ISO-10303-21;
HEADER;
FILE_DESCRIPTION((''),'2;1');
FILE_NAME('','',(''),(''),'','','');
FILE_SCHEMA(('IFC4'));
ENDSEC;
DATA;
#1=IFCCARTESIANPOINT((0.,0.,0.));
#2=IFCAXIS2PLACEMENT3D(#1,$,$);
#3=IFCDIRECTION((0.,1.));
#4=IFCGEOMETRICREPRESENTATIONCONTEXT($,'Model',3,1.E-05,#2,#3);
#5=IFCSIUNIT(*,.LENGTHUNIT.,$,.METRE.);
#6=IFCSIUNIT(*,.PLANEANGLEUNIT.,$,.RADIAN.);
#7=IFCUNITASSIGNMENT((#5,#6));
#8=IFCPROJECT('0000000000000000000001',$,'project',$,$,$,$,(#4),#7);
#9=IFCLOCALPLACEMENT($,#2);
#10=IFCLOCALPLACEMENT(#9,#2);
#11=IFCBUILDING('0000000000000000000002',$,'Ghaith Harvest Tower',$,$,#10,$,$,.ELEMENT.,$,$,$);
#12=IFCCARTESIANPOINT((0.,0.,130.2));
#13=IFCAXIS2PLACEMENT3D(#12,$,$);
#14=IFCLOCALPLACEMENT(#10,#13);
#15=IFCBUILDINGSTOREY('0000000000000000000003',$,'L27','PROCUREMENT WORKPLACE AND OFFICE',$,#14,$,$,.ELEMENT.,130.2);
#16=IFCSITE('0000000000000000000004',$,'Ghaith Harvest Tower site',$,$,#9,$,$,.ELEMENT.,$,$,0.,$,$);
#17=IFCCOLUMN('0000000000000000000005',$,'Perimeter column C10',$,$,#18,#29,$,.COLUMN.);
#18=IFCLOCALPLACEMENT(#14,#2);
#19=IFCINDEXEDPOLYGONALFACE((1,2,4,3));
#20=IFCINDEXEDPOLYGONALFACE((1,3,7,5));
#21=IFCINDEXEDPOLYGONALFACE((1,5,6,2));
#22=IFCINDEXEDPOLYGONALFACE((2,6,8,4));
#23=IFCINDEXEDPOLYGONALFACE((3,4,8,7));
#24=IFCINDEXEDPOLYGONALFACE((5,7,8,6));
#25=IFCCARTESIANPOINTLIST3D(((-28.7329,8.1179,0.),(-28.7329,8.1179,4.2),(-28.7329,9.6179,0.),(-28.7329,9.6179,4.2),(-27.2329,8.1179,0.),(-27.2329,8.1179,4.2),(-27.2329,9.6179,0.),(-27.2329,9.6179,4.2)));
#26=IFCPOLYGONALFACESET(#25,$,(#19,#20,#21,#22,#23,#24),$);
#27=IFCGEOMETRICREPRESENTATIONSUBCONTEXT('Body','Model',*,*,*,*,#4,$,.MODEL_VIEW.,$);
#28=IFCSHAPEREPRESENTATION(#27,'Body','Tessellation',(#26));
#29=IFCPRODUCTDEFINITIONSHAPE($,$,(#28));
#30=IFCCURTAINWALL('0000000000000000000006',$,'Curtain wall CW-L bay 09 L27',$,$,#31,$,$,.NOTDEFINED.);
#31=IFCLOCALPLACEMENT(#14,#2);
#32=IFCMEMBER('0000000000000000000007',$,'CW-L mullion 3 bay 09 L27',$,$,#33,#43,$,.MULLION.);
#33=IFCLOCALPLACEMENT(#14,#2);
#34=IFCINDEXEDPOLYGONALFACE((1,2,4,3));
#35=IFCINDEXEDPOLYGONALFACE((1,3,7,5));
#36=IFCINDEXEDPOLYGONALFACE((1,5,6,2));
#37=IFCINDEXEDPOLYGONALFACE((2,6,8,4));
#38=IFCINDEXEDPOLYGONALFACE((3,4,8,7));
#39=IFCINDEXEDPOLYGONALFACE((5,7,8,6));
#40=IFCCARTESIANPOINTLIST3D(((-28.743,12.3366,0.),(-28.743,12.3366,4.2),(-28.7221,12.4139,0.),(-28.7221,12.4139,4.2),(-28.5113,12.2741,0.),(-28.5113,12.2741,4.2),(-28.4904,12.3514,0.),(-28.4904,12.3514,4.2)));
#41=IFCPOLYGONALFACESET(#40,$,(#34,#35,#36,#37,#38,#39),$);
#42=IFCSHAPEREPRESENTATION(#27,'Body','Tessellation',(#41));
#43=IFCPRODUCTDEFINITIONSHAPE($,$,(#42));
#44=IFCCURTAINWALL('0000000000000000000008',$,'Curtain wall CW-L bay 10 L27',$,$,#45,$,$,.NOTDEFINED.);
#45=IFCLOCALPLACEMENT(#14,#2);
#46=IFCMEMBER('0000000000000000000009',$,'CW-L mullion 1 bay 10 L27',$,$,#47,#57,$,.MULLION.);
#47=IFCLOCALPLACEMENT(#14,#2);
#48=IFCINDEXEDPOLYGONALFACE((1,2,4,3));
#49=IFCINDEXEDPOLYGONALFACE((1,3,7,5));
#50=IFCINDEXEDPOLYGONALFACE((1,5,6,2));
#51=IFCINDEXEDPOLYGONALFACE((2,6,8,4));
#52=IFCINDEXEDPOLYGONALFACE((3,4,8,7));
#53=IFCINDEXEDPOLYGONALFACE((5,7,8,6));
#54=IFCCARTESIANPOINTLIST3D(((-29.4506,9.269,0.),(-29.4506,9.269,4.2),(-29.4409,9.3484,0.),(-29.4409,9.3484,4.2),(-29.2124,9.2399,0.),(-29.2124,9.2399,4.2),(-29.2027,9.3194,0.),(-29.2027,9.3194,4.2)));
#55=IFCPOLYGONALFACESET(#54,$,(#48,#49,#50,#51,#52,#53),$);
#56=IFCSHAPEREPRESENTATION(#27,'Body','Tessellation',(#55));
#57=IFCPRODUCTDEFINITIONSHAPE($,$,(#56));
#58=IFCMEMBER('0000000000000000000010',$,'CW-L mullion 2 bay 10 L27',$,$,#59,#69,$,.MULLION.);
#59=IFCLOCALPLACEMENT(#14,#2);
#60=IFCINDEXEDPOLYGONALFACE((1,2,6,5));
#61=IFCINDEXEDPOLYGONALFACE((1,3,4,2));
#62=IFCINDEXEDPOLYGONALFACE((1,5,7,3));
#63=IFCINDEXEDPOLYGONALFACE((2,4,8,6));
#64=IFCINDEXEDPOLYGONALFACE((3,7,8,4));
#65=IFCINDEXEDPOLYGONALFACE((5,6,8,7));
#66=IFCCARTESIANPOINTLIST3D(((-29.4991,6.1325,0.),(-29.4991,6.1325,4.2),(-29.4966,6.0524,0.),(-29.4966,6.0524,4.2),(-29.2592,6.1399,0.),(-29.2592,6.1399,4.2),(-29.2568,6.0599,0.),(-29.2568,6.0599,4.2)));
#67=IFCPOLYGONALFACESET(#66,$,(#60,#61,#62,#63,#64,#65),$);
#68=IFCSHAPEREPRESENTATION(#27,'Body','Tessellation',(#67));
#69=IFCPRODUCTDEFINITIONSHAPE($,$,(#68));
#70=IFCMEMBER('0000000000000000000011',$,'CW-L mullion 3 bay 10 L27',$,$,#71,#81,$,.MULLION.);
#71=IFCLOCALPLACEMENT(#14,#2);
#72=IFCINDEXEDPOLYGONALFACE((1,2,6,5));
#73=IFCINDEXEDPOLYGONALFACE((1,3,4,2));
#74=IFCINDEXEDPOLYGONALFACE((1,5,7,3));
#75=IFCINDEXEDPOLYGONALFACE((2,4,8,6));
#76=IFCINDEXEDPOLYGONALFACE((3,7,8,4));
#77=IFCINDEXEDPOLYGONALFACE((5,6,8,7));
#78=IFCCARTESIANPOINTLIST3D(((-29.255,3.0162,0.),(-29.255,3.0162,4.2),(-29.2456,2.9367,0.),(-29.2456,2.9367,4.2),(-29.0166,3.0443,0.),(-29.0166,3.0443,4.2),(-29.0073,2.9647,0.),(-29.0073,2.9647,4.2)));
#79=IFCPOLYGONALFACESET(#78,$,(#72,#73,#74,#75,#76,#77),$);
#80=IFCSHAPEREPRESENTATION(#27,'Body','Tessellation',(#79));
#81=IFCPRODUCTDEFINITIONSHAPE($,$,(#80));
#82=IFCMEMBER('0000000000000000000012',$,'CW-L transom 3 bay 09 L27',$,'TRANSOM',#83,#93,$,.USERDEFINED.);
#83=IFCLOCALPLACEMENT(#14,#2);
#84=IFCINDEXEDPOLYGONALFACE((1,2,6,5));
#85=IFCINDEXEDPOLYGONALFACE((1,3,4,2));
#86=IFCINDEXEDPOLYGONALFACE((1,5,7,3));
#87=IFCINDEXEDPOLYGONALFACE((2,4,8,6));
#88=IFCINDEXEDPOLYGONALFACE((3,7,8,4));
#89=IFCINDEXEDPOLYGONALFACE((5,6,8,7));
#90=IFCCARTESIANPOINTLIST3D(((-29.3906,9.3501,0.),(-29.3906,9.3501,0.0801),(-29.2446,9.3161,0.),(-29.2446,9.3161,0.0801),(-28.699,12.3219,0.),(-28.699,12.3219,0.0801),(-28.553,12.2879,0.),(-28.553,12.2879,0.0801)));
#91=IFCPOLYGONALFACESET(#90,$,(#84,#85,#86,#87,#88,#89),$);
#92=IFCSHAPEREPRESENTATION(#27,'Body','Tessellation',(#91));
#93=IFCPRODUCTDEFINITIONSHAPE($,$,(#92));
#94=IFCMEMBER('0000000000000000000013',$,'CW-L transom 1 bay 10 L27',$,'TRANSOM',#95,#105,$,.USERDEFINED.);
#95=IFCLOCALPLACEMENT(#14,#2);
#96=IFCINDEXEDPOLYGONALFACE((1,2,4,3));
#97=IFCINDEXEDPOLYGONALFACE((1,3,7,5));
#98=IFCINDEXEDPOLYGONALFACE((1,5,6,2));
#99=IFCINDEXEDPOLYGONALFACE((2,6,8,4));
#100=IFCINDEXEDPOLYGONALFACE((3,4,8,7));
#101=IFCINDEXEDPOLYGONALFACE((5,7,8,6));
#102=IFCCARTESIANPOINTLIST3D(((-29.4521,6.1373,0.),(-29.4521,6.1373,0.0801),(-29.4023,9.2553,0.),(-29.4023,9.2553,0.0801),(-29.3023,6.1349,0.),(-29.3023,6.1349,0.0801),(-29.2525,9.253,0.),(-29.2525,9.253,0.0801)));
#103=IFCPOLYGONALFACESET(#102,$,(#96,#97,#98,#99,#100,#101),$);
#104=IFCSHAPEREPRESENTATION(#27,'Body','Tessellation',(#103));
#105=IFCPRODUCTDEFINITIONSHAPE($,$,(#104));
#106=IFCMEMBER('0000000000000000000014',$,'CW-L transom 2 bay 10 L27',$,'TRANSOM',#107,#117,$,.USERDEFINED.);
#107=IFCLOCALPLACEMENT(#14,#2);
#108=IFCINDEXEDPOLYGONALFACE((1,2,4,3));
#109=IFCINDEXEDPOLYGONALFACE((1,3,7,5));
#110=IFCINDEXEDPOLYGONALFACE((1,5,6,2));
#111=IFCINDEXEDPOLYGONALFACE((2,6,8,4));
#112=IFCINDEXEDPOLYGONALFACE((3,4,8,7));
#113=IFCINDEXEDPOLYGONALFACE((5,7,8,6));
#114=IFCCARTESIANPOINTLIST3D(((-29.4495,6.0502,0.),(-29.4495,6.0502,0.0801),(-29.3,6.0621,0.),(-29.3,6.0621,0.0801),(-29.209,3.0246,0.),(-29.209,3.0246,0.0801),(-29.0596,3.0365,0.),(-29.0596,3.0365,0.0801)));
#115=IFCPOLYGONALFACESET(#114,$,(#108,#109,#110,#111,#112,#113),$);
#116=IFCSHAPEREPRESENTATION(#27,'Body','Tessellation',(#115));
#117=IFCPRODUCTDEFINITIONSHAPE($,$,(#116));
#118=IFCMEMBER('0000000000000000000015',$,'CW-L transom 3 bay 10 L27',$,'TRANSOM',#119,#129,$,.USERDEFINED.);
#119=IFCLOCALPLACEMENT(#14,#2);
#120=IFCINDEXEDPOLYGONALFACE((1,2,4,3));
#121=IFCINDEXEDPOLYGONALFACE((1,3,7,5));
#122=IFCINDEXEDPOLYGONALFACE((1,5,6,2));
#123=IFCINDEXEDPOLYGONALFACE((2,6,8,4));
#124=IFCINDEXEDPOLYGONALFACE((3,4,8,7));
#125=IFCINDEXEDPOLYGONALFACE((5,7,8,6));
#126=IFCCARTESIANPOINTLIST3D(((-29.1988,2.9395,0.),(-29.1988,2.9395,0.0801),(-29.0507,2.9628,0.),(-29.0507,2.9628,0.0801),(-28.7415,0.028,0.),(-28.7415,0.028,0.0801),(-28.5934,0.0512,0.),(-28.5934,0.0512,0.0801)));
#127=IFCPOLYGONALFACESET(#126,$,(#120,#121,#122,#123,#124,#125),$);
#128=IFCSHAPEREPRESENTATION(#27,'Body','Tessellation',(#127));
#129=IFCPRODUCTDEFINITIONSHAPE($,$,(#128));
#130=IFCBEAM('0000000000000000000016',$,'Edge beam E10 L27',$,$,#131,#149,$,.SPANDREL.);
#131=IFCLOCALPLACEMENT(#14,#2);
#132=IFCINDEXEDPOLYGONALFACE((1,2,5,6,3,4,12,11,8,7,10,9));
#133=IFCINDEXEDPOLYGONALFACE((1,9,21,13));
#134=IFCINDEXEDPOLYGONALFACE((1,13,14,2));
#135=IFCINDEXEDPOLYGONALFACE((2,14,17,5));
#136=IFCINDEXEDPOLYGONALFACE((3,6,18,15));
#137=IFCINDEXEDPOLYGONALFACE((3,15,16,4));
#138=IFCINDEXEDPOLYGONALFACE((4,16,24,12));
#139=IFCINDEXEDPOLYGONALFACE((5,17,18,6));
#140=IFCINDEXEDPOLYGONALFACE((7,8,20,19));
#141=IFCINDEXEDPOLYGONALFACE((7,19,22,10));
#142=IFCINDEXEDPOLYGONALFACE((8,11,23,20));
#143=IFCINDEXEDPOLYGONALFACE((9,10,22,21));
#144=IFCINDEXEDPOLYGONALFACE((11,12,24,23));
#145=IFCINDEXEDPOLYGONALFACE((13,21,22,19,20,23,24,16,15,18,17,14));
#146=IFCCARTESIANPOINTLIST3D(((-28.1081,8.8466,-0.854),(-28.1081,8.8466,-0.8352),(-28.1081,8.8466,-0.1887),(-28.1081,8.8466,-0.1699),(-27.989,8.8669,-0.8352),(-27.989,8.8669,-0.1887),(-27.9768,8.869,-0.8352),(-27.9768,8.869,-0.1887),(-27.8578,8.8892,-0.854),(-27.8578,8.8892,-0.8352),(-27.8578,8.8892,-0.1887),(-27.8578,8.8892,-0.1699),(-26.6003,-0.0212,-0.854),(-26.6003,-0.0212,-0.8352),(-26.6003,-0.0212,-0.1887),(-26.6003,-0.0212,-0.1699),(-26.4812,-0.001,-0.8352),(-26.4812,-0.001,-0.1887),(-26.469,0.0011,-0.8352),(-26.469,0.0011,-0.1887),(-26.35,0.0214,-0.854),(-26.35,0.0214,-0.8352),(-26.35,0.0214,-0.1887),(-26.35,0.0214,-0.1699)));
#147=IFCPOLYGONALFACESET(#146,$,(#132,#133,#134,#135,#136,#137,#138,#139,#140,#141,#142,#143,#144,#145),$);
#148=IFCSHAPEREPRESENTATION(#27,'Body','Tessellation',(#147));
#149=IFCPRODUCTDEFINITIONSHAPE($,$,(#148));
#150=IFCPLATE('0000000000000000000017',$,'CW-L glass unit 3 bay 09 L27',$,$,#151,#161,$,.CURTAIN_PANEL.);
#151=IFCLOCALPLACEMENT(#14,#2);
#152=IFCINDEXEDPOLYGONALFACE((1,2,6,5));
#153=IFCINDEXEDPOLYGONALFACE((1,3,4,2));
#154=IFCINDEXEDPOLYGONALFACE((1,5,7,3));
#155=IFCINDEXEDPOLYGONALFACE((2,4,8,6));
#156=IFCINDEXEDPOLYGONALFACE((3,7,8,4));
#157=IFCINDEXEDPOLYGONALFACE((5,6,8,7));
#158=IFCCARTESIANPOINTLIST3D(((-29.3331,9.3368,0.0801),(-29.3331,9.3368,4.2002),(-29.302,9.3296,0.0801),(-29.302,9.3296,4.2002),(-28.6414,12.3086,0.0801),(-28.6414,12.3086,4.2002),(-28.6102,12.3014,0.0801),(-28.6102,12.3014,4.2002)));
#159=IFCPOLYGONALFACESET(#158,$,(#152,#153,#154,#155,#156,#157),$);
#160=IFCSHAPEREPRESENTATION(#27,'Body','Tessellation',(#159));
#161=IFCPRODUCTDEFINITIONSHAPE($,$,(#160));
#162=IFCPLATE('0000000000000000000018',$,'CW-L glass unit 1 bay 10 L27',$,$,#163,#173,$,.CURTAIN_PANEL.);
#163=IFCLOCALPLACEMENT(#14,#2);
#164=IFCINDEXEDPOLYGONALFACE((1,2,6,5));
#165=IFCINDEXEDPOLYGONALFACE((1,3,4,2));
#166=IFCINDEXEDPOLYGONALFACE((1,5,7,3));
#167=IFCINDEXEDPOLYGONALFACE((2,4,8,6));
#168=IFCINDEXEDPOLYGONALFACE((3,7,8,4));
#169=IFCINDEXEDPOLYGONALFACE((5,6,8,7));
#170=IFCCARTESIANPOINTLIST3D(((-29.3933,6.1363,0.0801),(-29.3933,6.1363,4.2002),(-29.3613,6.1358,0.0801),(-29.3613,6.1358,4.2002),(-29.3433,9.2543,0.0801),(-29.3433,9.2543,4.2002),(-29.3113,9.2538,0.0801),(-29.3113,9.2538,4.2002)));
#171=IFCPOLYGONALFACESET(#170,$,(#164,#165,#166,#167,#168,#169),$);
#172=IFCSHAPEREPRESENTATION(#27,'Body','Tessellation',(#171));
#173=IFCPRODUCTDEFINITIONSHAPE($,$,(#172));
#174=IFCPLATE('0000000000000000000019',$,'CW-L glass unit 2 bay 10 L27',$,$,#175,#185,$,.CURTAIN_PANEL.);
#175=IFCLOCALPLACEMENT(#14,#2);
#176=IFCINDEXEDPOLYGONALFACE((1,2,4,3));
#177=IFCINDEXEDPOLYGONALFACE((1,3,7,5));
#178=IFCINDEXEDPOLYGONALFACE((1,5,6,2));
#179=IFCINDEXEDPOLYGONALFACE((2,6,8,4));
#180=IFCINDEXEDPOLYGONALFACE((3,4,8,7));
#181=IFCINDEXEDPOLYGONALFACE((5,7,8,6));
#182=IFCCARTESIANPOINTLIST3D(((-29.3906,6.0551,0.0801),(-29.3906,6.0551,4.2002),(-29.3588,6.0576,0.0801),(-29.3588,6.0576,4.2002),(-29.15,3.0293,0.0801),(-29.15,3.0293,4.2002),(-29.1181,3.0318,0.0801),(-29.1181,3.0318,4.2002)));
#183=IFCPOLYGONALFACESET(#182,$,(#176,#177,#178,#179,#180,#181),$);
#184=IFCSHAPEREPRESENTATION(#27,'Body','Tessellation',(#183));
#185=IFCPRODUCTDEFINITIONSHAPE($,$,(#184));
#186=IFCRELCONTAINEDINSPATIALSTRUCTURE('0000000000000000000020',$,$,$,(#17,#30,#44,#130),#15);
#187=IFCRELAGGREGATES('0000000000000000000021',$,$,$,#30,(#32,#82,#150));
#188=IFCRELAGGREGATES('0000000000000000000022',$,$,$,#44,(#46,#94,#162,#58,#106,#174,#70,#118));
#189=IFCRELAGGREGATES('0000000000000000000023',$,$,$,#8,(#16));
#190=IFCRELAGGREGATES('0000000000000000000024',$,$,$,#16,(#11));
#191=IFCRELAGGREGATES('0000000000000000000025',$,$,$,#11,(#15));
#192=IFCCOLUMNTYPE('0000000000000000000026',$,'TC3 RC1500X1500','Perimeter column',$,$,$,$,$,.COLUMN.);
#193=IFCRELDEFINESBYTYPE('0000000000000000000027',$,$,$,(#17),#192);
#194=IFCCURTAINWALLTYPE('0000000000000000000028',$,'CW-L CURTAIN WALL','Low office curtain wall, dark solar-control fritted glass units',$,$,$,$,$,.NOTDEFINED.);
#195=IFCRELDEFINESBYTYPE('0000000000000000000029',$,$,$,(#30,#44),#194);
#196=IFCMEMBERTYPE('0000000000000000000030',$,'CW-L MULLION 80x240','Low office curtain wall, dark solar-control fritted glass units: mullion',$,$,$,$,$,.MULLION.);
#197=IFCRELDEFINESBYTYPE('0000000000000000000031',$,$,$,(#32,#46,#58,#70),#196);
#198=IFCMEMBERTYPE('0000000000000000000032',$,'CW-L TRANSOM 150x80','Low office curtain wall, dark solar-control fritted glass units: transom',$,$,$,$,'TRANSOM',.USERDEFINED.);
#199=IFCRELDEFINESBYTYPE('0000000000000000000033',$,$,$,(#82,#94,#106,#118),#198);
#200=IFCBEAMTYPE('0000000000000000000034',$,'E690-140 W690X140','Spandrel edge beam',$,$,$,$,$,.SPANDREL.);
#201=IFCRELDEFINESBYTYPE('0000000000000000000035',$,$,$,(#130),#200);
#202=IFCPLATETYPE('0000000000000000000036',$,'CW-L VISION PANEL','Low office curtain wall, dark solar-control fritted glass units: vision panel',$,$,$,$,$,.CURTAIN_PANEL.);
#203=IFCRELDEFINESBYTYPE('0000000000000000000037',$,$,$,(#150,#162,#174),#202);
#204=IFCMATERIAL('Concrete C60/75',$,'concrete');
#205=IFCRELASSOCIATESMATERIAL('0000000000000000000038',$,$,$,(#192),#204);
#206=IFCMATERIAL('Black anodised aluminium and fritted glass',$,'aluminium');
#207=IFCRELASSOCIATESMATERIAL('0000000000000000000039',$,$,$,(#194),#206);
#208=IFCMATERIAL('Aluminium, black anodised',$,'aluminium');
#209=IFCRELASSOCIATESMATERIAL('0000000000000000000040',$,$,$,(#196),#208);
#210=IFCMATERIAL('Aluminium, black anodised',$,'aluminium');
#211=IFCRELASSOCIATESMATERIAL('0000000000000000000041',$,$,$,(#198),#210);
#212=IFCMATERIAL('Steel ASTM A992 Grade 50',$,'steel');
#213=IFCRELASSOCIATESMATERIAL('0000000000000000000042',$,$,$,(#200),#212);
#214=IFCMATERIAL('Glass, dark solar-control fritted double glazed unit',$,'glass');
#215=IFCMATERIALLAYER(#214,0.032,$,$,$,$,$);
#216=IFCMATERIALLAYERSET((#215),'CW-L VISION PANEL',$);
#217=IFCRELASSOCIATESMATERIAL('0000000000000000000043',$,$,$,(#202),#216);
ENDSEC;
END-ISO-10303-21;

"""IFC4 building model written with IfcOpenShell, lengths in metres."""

from ifc_helpers import new_model, si_unit, direction, frame, origin, origin_2d, place, context, subcontext, project, spatial, rectangle, i_section, extrude, material, layer, layer_set, material_profile, profile_set, type_object, element, aggregate, save


model = new_model("IFC4")

# Units and contexts
model_context = context("Model", 3, precision=1e-05, world=origin(), true_north=direction((0.0, 1.0)))
body_context = subcontext(model_context, "Body", "Model", "MODEL_VIEW")
ifc_project = project(units=[si_unit("LENGTHUNIT", "METRE"), si_unit("PLANEANGLEUNIT", "RADIAN")], contexts=[model_context])

# Site, building, storey
site_placement = place(None, origin())
site = spatial("IfcSite", under=ifc_project, at=site_placement, Name="Ghaith Harvest Tower site", CompositionType="ELEMENT", RefElevation=0.0)
building_placement = place(site_placement, origin())
building = spatial("IfcBuilding", under=site, at=building_placement, Name="Ghaith Harvest Tower", CompositionType="ELEMENT")
storey_placement = place(building_placement, frame((0.0, 0.0, 130.2)))
storey = spatial("IfcBuildingStorey", under=building, at=storey_placement, Name="L27", Description="PROCUREMENT WORKPLACE AND OFFICE", CompositionType="ELEMENT", Elevation=130.2)

# Column
ifc_material_1 = material(Name="Concrete C60/75", Category="concrete")
ifc_material_profile_1 = material_profile(ifc_material_1, rectangle(XDim=1.5, YDim=1.5, at=origin_2d()), Name="RC1500X1500")
ifc_profile_set_1 = profile_set([ifc_material_profile_1], Name="Concrete C60/75")
column_type = type_object("IfcColumnType", Name="TC3 RC1500X1500", Description="Perimeter column", PredefinedType="COLUMN", material=ifc_profile_set_1)
column_placement = place(storey_placement, frame((-27.9829, 8.8679, 0.0), z_axis=(0.0, 0.0, 1.0), x_axis=(1.0, 0.0, 0.0)))
element("IfcColumn", 1, at=column_placement, inside=storey, type_object=column_type, Name="Perimeter column C10", PredefinedType="COLUMN", context=body_context, shape_type="SweptSolid", body=[
    extrude(rectangle(XDim=1.5, YDim=1.5, at=origin_2d()), origin(), (0.0, 0.0, 1.0), 4.2),
])

# Curtain wall, member
ifc_material_2 = material(Name="Black anodised aluminium and fritted glass", Category="aluminium")
curtain_wall_type = type_object("IfcCurtainWallType", Name="CW-L CURTAIN WALL", Description="Low office curtain wall, dark solar-control fritted glass units", PredefinedType="NOTDEFINED", material=ifc_material_2)
curtain_wall_1_placement = place(storey_placement, origin())
curtain_wall_1 = element("IfcCurtainWall", 2, at=curtain_wall_1_placement, inside=storey, type_object=curtain_wall_type, Name="Curtain wall CW-L bay 09 L27", PredefinedType="NOTDEFINED")
ifc_material_3 = material(Name="Aluminium, black anodised", Category="aluminium")
ifc_material_profile_2 = material_profile(ifc_material_3, rectangle(XDim=0.0801, YDim=0.24, at=origin_2d()), Name="CW-L MULLION 80x240")
ifc_profile_set_2 = profile_set([ifc_material_profile_2], Name="Aluminium, black anodised")
member_type_1 = type_object("IfcMemberType", Name="CW-L MULLION 80x240", Description="Low office curtain wall, dark solar-control fritted glass units: mullion", PredefinedType="MULLION", material=ifc_profile_set_2)
member_1_placement = place(storey_placement, frame((-28.6167, 12.344, 0.0), z_axis=(0.0, 0.0, 1.0), x_axis=(-0.260727, -0.965412, 0.0)))
member_1 = element("IfcMember", 3, at=member_1_placement, type_object=member_type_1, Name="CW-L mullion 3 bay 09 L27", PredefinedType="MULLION", context=body_context, shape_type="SweptSolid", body=[
    extrude(rectangle(XDim=0.0801, YDim=0.24, at=origin_2d()), origin(), (0.0, 0.0, 1.0), 4.2),
])

# Curtain wall, members
curtain_wall_2_placement = place(storey_placement, origin())
curtain_wall_2 = element("IfcCurtainWall", 4, at=curtain_wall_2_placement, inside=storey, type_object=curtain_wall_type, Name="Curtain wall CW-L bay 10 L27", PredefinedType="NOTDEFINED")
member_2_placement = place(storey_placement, frame((-29.3267, 9.2942, 0.0), z_axis=(0.0, 0.0, 1.0), x_axis=(-0.120932, -0.992661, 0.0)))
member_2 = element("IfcMember", 5, at=member_2_placement, type_object=member_type_1, Name="CW-L mullion 1 bay 10 L27", PredefinedType="MULLION", context=body_context, shape_type="SweptSolid", body=[
    extrude(rectangle(XDim=0.0801, YDim=0.24, at=origin_2d()), origin(), (0.0, 0.0, 1.0), 4.2),
])
member_3_placement = place(storey_placement, frame((-29.3779, 6.0962, 0.0), z_axis=(0.0, 0.0, 1.0), x_axis=(0.031028, -0.999519, 0.0)))
member_3 = element("IfcMember", 6, at=member_3_placement, type_object=member_type_1, Name="CW-L mullion 2 bay 10 L27", PredefinedType="MULLION", context=body_context, shape_type="SweptSolid", body=[
    extrude(rectangle(XDim=0.0801, YDim=0.24, at=origin_2d()), origin(), (0.0, 0.0, 1.0), 4.2),
])
member_4_placement = place(storey_placement, frame((-29.1311, 2.9905, 0.0), z_axis=(0.0, 0.0, 1.0), x_axis=(0.116764, -0.99316, 0.0)))
member_4 = element("IfcMember", 7, at=member_4_placement, type_object=member_type_1, Name="CW-L mullion 3 bay 10 L27", PredefinedType="MULLION", context=body_context, shape_type="SweptSolid", body=[
    extrude(rectangle(XDim=0.0801, YDim=0.24, at=origin_2d()), origin(), (0.0, 0.0, 1.0), 4.2),
])

# Members
ifc_material_4 = material(Name="Aluminium, black anodised", Category="aluminium")
ifc_material_profile_3 = material_profile(ifc_material_4, rectangle(XDim=0.1499, YDim=0.0801, at=origin_2d()), Name="CW-L TRANSOM 150x80")
ifc_profile_set_3 = profile_set([ifc_material_profile_3], Name="Aluminium, black anodised")
member_type_2 = type_object("IfcMemberType", Name="CW-L TRANSOM 150x80", Description="Low office curtain wall, dark solar-control fritted glass units: transom", ElementType="TRANSOM", PredefinedType="USERDEFINED", material=ifc_profile_set_3)
member_5_placement = place(storey_placement, frame((-28.626, 12.3049, 0.04), z_axis=(-0.226671, -0.973971, 0.0), x_axis=(0.973971, -0.226671, 0.0)))
member_5 = element("IfcMember", 8, at=member_5_placement, type_object=member_type_2, Name="CW-L transom 3 bay 09 L27", ObjectType="TRANSOM", PredefinedType="USERDEFINED", context=body_context, shape_type="SweptSolid", body=[
    extrude(rectangle(XDim=0.1499, YDim=0.0801, at=origin_2d()), origin(), (0.0, 0.0, 1.0), 3.0513),
])
member_6_placement = place(storey_placement, frame((-29.3274, 9.2542, 0.04), z_axis=(-0.015972, -0.999872, 0.0), x_axis=(0.999872, -0.015972, 0.0)))
member_6 = element("IfcMember", 9, at=member_6_placement, type_object=member_type_2, Name="CW-L transom 1 bay 10 L27", ObjectType="TRANSOM", PredefinedType="USERDEFINED", context=body_context, shape_type="SweptSolid", body=[
    extrude(rectangle(XDim=0.1499, YDim=0.0801, at=origin_2d()), origin(), (0.0, 0.0, 1.0), 3.1184),
])
member_7_placement = place(storey_placement, frame((-29.3748, 6.0562, 0.04), z_axis=(0.07923, -0.996856, 0.0), x_axis=(0.996856, 0.07923, 0.0)))
member_7 = element("IfcMember", 10, at=member_7_placement, type_object=member_type_2, Name="CW-L transom 2 bay 10 L27", ObjectType="TRANSOM", PredefinedType="USERDEFINED", context=body_context, shape_type="SweptSolid", body=[
    extrude(rectangle(XDim=0.1499, YDim=0.0801, at=origin_2d()), origin(), (0.0, 0.0, 1.0), 3.0352),
])
member_8_placement = place(storey_placement, frame((-29.1248, 2.9512, 0.04), z_axis=(0.15515, -0.987891, 0.0), x_axis=(0.987891, 0.15515, 0.0)))
member_8 = element("IfcMember", 11, at=member_8_placement, type_object=member_type_2, Name="CW-L transom 3 bay 10 L27", ObjectType="TRANSOM", PredefinedType="USERDEFINED", context=body_context, shape_type="SweptSolid", body=[
    extrude(rectangle(XDim=0.1499, YDim=0.0801, at=origin_2d()), origin(), (0.0, 0.0, 1.0), 2.9473),
])

# Beam
ifc_material_5 = material(Name="Steel ASTM A992 Grade 50", Category="steel")
ifc_material_profile_4 = material_profile(ifc_material_5, i_section(OverallWidth=0.2539, OverallDepth=0.6841, WebThickness=0.0125, FlangeThickness=0.0188, at=origin_2d()), Name="W690X140")
ifc_profile_set_4 = profile_set([ifc_material_profile_4], Name="Steel ASTM A992 Grade 50")
beam_type = type_object("IfcBeamType", Name="E690-140 W690X140", Description="Spandrel edge beam", PredefinedType="SPANDREL", material=ifc_profile_set_4)
beam_placement = place(storey_placement, frame((-27.9829, 8.8679, -0.512), z_axis=(0.167624, -0.985851, 0.0), x_axis=(0.985851, 0.167624, 0.0)))
element("IfcBeam", 12, at=beam_placement, inside=storey, type_object=beam_type, Name="Edge beam E10 L27", PredefinedType="SPANDREL", context=body_context, shape_type="SweptSolid", body=[
    extrude(i_section(OverallWidth=0.2539, OverallDepth=0.6841, WebThickness=0.0125, FlangeThickness=0.0188, at=origin_2d()), origin(), (0.0, 0.0, 1.0), 8.9951),
])

# Plates
ifc_material_6 = material(Name="Glass, dark solar-control fritted double glazed unit", Category="glass")
ifc_layer_1 = layer(ifc_material_6, 0.032)
ifc_layer_set_1 = layer_set([ifc_layer_1], Name="CW-L VISION PANEL")
plate_type_1 = type_object("IfcPlateType", Name="CW-L VISION PANEL", Description="Low office curtain wall, dark solar-control fritted glass units: vision panel", PredefinedType="CURTAIN_PANEL", material=ifc_layer_set_1)
plate_1_placement = place(storey_placement, frame((-28.9717, 10.8191, 0.0801), z_axis=(0.0, 0.0, 1.0), x_axis=(-0.226699, -0.973965, 0.0)))
plate_1 = element("IfcPlate", 13, at=plate_1_placement, type_object=plate_type_1, Name="CW-L glass unit 3 bay 09 L27", PredefinedType="CURTAIN_PANEL", context=body_context, shape_type="SweptSolid", body=[
    extrude(rectangle(XDim=3.0513, YDim=0.032, at=origin_2d()), origin(), (0.0, 0.0, 1.0), 4.1201),
])
aggregate(curtain_wall_1, [member_1, member_5, plate_1])
plate_2_placement = place(storey_placement, frame((-29.3523, 7.6951, 0.0801), z_axis=(0.0, 0.0, 1.0), x_axis=(-0.016034, -0.999871, 0.0)))
plate_2 = element("IfcPlate", 14, at=plate_2_placement, type_object=plate_type_1, Name="CW-L glass unit 1 bay 10 L27", PredefinedType="CURTAIN_PANEL", context=body_context, shape_type="SweptSolid", body=[
    extrude(rectangle(XDim=3.1184, YDim=0.032, at=origin_2d()), origin(), (0.0, 0.0, 1.0), 4.1201),
])
plate_3_placement = place(storey_placement, frame((-29.2544, 4.5435, 0.0801), z_axis=(0.0, 0.0, 1.0), x_axis=(0.079273, -0.996853, 0.0)))
plate_3 = element("IfcPlate", 15, at=plate_3_placement, type_object=plate_type_1, Name="CW-L glass unit 2 bay 10 L27", PredefinedType="CURTAIN_PANEL", context=body_context, shape_type="SweptSolid", body=[
    extrude(rectangle(XDim=3.0354, YDim=0.032, at=origin_2d()), origin(), (0.0, 0.0, 1.0), 4.1201),
])
aggregate(curtain_wall_2, [member_2, member_6, plate_2, member_3, member_7, plate_3, member_4, member_8])

save(model, "model.ifc")
